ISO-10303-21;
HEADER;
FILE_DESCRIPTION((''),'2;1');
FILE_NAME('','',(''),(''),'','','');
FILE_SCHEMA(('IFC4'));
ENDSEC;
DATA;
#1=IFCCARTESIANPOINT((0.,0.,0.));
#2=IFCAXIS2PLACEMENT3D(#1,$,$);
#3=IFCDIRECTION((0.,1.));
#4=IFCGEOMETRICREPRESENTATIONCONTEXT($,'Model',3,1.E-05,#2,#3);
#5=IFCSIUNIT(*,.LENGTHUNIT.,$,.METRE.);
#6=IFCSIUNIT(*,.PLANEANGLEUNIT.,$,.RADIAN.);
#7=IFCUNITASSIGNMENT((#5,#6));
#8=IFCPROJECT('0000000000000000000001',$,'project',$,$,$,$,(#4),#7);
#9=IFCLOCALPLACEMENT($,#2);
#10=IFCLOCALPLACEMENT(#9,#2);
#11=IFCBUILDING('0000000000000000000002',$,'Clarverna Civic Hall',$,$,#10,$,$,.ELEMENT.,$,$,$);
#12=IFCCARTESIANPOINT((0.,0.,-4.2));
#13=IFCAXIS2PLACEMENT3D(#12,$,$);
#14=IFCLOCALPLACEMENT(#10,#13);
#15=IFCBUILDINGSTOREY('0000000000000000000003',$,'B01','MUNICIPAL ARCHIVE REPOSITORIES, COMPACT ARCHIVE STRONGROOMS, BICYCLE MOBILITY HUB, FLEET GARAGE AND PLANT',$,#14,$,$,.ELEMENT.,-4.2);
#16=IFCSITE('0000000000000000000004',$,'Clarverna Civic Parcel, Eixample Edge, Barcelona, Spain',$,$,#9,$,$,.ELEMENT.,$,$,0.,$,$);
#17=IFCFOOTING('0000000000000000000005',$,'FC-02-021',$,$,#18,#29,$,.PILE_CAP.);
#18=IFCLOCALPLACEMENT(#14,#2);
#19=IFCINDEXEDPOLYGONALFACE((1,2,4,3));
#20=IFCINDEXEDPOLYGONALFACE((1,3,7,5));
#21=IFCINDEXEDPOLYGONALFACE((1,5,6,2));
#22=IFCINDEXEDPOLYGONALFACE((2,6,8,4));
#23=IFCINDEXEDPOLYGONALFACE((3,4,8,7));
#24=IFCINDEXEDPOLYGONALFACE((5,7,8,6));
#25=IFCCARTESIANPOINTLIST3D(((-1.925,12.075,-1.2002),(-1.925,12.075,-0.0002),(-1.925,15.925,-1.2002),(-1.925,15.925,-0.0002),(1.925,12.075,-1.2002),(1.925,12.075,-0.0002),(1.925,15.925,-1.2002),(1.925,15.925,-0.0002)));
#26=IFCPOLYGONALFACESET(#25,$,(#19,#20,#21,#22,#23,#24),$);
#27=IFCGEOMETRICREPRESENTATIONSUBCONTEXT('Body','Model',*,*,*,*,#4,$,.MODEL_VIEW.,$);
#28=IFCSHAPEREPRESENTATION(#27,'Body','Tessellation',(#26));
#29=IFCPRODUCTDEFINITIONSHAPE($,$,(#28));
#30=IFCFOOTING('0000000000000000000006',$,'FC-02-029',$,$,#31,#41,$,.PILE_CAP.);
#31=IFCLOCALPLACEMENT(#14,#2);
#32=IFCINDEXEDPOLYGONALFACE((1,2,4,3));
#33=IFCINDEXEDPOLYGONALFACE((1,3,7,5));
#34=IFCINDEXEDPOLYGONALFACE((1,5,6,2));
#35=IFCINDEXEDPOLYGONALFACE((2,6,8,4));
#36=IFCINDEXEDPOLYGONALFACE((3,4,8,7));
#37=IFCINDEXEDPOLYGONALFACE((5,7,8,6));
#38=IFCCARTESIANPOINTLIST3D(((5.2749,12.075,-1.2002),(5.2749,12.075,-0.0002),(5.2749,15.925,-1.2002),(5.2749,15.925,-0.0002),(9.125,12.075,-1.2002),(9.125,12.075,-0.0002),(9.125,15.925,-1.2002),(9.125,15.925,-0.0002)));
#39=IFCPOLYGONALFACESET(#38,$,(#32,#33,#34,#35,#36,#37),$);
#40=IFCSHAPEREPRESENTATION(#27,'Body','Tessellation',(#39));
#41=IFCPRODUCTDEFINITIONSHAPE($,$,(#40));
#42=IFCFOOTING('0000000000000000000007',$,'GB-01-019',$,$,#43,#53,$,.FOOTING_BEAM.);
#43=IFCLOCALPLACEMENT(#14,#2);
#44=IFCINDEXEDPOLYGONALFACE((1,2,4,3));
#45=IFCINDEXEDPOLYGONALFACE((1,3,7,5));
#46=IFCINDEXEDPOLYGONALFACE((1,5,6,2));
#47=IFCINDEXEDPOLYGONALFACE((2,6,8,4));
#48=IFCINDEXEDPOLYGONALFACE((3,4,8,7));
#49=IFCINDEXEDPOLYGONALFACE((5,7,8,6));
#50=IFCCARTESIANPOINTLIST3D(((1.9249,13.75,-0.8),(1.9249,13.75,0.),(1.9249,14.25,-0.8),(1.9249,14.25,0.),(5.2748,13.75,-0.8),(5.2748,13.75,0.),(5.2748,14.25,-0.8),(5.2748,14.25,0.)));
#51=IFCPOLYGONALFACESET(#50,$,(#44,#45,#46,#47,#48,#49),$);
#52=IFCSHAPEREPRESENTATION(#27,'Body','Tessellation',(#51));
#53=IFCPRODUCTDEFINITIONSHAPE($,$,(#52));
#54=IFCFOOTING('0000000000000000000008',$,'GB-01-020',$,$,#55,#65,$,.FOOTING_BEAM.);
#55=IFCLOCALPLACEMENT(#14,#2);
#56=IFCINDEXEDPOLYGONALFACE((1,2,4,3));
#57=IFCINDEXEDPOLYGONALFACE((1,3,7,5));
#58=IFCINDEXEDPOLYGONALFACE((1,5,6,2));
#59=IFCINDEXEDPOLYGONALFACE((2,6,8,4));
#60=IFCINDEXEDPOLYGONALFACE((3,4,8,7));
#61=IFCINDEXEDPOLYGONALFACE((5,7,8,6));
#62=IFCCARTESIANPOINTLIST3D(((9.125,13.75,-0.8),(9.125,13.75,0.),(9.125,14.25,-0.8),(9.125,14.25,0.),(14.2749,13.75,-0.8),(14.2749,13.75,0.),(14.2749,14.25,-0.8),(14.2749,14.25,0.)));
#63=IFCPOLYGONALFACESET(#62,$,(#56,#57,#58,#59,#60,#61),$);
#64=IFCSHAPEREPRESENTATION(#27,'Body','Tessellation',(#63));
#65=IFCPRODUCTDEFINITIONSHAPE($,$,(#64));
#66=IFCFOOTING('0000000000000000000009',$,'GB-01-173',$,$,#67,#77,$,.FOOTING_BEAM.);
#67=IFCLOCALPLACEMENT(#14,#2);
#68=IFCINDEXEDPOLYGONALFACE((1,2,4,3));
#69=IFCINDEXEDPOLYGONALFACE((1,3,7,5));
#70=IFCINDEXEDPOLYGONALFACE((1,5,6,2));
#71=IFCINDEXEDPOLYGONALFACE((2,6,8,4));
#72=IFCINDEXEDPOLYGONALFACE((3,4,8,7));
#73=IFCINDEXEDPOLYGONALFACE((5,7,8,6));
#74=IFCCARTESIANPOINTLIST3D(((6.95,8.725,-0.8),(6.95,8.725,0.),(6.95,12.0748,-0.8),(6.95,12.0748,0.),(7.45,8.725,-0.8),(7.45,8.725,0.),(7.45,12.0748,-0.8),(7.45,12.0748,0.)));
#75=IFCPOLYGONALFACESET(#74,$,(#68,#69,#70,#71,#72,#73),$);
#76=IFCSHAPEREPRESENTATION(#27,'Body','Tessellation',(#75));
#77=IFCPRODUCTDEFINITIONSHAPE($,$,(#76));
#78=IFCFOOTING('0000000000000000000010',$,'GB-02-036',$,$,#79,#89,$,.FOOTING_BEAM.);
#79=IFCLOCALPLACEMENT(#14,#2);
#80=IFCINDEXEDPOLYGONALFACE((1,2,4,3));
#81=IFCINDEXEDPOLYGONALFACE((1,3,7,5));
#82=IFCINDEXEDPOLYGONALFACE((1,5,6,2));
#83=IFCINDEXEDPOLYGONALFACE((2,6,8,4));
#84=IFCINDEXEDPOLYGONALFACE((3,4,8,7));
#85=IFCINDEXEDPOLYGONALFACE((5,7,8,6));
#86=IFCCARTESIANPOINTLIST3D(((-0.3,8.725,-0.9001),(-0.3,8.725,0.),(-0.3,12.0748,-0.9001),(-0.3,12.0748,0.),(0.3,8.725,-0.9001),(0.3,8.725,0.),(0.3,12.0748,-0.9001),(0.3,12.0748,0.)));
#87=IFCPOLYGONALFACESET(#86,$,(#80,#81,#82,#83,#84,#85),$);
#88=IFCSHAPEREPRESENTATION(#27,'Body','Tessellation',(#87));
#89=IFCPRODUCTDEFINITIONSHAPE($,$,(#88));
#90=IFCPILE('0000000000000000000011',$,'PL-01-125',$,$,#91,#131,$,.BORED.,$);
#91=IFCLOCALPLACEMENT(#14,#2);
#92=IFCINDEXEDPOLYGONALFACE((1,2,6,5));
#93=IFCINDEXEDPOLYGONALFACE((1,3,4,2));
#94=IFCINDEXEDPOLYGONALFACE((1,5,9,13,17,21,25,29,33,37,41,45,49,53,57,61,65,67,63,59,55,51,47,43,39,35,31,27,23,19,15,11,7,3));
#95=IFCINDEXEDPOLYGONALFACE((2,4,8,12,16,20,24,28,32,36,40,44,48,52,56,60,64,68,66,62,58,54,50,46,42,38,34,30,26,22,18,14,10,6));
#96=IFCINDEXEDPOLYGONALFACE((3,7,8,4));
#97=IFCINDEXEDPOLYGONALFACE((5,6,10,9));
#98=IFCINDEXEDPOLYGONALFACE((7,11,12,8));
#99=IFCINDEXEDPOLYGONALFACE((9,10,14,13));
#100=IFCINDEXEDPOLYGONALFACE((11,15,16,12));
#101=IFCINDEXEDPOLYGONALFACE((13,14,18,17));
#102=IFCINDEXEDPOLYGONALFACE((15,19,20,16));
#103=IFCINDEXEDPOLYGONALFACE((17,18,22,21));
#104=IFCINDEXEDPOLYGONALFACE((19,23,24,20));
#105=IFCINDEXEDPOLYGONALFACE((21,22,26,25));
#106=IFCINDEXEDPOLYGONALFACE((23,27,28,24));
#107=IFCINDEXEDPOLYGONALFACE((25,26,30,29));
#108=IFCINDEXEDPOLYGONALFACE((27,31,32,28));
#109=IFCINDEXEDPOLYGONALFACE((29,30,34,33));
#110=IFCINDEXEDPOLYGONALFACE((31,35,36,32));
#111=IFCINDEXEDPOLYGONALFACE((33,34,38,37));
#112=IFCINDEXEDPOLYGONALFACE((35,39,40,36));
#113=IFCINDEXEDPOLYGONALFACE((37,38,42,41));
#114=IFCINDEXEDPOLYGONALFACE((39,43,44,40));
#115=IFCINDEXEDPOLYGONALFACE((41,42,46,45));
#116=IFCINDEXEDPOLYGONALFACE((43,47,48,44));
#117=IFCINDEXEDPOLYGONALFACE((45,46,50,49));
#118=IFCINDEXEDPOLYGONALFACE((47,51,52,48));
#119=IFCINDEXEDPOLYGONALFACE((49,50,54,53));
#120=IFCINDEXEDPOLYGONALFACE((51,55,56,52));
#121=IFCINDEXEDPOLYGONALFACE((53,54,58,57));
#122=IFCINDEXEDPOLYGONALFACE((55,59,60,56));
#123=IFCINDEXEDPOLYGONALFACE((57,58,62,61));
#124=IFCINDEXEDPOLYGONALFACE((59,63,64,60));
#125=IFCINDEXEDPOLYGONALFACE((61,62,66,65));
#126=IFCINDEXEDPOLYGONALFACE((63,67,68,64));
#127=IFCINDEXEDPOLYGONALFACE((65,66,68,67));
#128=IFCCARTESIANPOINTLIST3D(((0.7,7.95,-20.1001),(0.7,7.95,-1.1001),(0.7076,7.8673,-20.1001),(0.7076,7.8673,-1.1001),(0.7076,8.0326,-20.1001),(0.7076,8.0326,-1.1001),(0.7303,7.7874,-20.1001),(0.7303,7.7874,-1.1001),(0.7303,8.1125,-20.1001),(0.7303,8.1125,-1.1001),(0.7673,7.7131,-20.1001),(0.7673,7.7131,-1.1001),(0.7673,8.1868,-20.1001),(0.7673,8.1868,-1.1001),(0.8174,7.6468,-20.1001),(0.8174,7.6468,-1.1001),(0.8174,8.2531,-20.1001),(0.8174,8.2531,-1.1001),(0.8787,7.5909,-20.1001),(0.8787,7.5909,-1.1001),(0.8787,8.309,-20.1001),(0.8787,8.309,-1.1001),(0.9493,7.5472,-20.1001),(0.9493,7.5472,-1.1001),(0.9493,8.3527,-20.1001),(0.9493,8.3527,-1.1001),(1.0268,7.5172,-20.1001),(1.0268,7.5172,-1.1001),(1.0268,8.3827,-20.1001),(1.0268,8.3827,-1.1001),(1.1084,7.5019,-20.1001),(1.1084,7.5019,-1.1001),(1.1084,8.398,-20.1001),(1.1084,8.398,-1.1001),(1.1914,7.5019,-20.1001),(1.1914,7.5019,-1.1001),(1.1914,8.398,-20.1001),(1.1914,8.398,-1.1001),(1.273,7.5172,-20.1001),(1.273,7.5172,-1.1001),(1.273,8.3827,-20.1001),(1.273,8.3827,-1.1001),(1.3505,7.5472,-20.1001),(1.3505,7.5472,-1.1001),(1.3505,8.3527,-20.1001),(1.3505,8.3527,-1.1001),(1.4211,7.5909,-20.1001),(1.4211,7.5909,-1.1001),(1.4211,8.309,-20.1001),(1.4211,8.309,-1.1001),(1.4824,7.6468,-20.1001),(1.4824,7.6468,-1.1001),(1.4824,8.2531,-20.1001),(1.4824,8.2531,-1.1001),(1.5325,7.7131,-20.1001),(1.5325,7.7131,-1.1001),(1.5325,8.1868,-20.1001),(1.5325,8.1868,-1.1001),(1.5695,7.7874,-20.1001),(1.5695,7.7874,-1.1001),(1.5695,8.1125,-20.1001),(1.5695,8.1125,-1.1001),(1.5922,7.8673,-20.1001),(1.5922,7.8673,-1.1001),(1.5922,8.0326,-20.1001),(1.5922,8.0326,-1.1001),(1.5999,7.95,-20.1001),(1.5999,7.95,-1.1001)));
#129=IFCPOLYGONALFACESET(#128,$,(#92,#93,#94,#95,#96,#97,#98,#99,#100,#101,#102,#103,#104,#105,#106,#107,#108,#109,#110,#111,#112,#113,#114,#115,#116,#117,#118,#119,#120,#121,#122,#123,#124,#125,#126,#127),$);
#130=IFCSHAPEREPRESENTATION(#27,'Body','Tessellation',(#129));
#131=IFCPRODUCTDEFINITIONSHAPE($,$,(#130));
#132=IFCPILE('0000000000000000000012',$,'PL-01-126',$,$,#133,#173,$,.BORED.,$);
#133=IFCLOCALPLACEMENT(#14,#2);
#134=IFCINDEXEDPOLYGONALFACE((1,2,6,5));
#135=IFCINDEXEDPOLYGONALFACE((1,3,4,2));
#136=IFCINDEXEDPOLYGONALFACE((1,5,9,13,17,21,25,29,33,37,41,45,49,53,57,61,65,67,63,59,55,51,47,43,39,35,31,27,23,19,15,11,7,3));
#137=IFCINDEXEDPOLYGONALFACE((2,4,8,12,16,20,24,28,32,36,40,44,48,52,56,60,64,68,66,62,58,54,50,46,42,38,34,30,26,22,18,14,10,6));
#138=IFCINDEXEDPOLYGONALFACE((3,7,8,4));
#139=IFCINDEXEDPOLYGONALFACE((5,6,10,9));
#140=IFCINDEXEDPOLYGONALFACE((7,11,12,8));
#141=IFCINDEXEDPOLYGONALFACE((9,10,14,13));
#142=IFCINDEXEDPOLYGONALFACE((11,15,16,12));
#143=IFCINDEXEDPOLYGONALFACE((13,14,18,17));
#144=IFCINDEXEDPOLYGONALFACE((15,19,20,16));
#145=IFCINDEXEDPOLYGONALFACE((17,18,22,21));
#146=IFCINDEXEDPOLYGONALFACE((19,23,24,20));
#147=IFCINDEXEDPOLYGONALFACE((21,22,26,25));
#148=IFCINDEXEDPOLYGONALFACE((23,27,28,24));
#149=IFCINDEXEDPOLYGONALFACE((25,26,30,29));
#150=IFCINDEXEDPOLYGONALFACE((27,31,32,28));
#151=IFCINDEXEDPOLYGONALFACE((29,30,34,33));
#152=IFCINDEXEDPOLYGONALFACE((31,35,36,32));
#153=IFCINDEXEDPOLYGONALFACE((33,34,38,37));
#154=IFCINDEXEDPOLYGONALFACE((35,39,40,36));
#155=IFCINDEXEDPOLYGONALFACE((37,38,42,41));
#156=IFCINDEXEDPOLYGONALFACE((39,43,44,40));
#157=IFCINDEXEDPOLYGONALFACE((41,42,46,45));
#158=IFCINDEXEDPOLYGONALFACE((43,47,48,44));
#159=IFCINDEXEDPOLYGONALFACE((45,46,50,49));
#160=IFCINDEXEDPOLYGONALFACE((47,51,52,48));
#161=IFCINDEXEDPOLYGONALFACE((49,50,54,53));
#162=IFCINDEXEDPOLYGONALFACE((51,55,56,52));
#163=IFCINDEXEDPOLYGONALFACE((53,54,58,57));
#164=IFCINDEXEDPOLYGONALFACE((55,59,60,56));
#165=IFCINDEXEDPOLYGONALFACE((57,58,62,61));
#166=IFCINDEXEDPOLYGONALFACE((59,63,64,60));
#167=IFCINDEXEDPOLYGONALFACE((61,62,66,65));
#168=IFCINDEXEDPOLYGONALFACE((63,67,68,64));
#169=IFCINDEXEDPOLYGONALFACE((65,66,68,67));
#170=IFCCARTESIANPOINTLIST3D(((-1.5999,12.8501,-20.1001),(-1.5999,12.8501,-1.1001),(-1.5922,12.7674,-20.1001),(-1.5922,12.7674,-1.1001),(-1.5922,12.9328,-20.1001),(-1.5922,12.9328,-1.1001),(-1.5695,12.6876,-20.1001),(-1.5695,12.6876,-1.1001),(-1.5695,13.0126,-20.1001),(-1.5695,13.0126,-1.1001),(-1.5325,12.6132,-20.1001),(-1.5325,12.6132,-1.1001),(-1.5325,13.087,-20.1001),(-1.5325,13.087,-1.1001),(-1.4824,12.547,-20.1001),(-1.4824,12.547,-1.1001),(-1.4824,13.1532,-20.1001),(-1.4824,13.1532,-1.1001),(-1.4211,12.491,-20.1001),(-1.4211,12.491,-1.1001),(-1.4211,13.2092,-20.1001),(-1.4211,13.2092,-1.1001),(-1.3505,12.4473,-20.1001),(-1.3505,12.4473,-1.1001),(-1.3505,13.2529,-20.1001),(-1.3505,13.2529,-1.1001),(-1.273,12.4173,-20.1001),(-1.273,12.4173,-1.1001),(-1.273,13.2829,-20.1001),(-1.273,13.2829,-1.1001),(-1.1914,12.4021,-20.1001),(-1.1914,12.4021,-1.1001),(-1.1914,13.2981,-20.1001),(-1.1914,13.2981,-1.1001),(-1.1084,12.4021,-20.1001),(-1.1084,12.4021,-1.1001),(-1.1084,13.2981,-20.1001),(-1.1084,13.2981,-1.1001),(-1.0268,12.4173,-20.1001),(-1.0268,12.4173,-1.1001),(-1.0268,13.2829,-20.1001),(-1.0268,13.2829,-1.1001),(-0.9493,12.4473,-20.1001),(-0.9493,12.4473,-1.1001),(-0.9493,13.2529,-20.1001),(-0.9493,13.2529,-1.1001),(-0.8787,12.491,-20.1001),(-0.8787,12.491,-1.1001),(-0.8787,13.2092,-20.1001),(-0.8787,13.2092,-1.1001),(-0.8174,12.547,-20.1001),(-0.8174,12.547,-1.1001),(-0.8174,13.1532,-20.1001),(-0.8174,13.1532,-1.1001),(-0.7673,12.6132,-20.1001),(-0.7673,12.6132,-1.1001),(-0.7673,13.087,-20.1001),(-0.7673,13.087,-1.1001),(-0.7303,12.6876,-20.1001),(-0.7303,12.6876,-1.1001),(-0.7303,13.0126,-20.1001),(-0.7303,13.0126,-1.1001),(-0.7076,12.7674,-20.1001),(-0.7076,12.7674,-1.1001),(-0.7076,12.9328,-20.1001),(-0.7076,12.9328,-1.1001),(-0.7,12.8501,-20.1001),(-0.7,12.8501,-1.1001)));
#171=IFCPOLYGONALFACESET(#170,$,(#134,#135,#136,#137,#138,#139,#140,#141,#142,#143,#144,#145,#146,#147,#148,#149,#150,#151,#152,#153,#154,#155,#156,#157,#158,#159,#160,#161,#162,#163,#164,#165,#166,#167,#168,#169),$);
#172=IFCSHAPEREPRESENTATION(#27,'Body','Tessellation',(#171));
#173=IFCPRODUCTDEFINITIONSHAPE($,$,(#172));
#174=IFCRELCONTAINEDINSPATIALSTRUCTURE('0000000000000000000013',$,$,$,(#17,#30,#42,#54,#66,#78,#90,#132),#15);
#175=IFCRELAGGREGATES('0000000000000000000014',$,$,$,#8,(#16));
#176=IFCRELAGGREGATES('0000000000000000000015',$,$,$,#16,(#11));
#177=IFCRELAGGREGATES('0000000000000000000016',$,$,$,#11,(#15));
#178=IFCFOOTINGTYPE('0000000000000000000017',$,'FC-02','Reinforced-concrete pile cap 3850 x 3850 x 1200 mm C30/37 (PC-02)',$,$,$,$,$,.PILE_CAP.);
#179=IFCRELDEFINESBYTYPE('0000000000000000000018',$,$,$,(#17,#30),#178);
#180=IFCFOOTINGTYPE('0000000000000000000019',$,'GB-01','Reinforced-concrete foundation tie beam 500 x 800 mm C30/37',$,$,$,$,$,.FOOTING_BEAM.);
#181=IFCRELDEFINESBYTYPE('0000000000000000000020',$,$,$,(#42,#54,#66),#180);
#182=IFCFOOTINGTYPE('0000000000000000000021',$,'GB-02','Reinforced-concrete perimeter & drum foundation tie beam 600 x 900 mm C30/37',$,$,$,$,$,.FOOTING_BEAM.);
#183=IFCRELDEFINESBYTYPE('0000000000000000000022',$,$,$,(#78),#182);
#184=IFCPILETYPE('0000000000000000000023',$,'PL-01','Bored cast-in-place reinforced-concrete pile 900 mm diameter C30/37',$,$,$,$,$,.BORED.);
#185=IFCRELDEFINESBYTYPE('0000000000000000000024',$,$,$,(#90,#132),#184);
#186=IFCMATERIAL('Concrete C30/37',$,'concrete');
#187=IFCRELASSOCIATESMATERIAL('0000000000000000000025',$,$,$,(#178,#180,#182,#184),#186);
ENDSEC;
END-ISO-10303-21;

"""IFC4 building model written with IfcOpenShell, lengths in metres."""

from ifc_helpers import new_model, si_unit, direction, frame, frame_2d, origin, origin_2d, place, context, subcontext, project, spatial, rectangle, circle, extrude, material, material_profile, profile_set, type_object, element, save


model = new_model("IFC4")

# Units and contexts
model_context = context("Model", 3, precision=1e-05, world=origin(), true_north=direction((0.0, 1.0)))
body_context = subcontext(model_context, "Body", "Model", "MODEL_VIEW")
ifc_project = project(units=[si_unit("LENGTHUNIT", "METRE"), si_unit("PLANEANGLEUNIT", "RADIAN")], contexts=[model_context])

# Site, building, storey
site_placement = place(None, origin())
site = spatial("IfcSite", under=ifc_project, at=site_placement, Name="Clarverna Civic Parcel, Eixample Edge, Barcelona, Spain", CompositionType="ELEMENT", RefElevation=0.0)
building_placement = place(site_placement, origin())
building = spatial("IfcBuilding", under=site, at=building_placement, Name="Clarverna Civic Hall", CompositionType="ELEMENT")
storey_placement = place(building_placement, frame((0.0, 0.0, -4.2)))
storey = spatial("IfcBuildingStorey", under=building, at=storey_placement, Name="B01", Description="MUNICIPAL ARCHIVE REPOSITORIES, COMPACT ARCHIVE STRONGROOMS, BICYCLE MOBILITY HUB, FLEET GARAGE AND PLANT", CompositionType="ELEMENT", Elevation=-4.2)

# Footings
ifc_material_1 = material(Name="Concrete C30/37", Category="concrete")
footing_type_1 = type_object("IfcFootingType", Name="FC-02", Description="Reinforced-concrete pile cap 3850 x 3850 x 1200 mm C30/37 (PC-02)", PredefinedType="PILE_CAP", material=ifc_material_1)
for number, where, z_axis, x_axis, name in (
    (1, (0.0, 14.0, -1.2002), (0.0, 0.0, 1.0), (1.0, 0.0, 0.0), "FC-02-021"),
    (2, (7.2, 14.0, -1.2002), (0.0, 0.0, 1.0), (1.0, 0.0, 0.0), "FC-02-029"),
):
    element("IfcFooting", number, at=place(storey_placement, frame(where, z_axis=z_axis, x_axis=x_axis)), inside=storey, type_object=footing_type_1, Name=name, PredefinedType="PILE_CAP", context=body_context, shape_type="SweptSolid", body=[
        extrude(rectangle(XDim=3.8501, YDim=3.8501, at=origin_2d()), origin(), (0.0, 0.0, 1.0), 1.2),
    ])
footing_type_2 = type_object("IfcFootingType", Name="GB-01", Description="Reinforced-concrete foundation tie beam 500 x 800 mm C30/37", PredefinedType="FOOTING_BEAM", material=ifc_material_1)
footing_1_placement = place(storey_placement, frame((1.925, 14.0, -0.8), z_axis=(0.0, 0.0, 1.0), x_axis=(1.0, 0.0, 0.0)))
element("IfcFooting", 3, at=footing_1_placement, inside=storey, type_object=footing_type_2, Name="GB-01-019", PredefinedType="FOOTING_BEAM", context=body_context, shape_type="SweptSolid", body=[
    extrude(rectangle(XDim=3.3499, YDim=0.5, at=frame_2d((1.6748, 0.0))), origin(), (0.0, 0.0, 1.0), 0.8),
])
footing_2_placement = place(storey_placement, frame((9.125, 14.0, -0.8), z_axis=(0.0, 0.0, 1.0), x_axis=(1.0, 0.0, 0.0)))
element("IfcFooting", 4, at=footing_2_placement, inside=storey, type_object=footing_type_2, Name="GB-01-020", PredefinedType="FOOTING_BEAM", context=body_context, shape_type="SweptSolid", body=[
    extrude(rectangle(XDim=5.1499, YDim=0.5, at=frame_2d((2.575, 0.0))), origin(), (0.0, 0.0, 1.0), 0.8),
])
footing_3_placement = place(storey_placement, frame((7.2, 8.7251, -0.8), z_axis=(0.0, 0.0, 1.0), x_axis=(0.0, 1.0, 0.0)))
element("IfcFooting", 5, at=footing_3_placement, inside=storey, type_object=footing_type_2, Name="GB-01-173", PredefinedType="FOOTING_BEAM", context=body_context, shape_type="SweptSolid", body=[
    extrude(rectangle(XDim=3.3499, YDim=0.5, at=frame_2d((1.6748, 0.0))), origin(), (0.0, 0.0, 1.0), 0.8),
])
footing_type_3 = type_object("IfcFootingType", Name="GB-02", Description="Reinforced-concrete perimeter & drum foundation tie beam 600 x 900 mm C30/37", PredefinedType="FOOTING_BEAM", material=ifc_material_1)
footing_4_placement = place(storey_placement, frame((0.0, 8.7251, -0.9001), z_axis=(0.0, 0.0, 1.0), x_axis=(0.0, 1.0, 0.0)))
element("IfcFooting", 6, at=footing_4_placement, inside=storey, type_object=footing_type_3, Name="GB-02-036", PredefinedType="FOOTING_BEAM", context=body_context, shape_type="SweptSolid", body=[
    extrude(rectangle(XDim=3.3499, YDim=0.6001, at=frame_2d((1.6748, 0.0))), origin(), (0.0, 0.0, 1.0), 0.9001),
])

# Piles
ifc_material_profile_1 = material_profile(ifc_material_1, circle(Radius=0.45, at=origin_2d()), Name="BORED PILE D900")
ifc_profile_set_1 = profile_set([ifc_material_profile_1], Name="Concrete C30/37")
pile_type = type_object("IfcPileType", Name="PL-01", Description="Bored cast-in-place reinforced-concrete pile 900 mm diameter C30/37", PredefinedType="BORED", material=ifc_profile_set_1)
for number, where, z_axis, x_axis, name in (
    (7, (1.1499, 7.95, -1.1001), (0.0, 0.0, -1.0), (1.0, 0.0, 0.0), "PL-01-125"),
    (8, (-1.1499, 12.8501, -1.1001), (0.0, 0.0, -1.0), (1.0, 0.0, 0.0), "PL-01-126"),
):
    element("IfcPile", number, at=place(storey_placement, frame(where, z_axis=z_axis, x_axis=x_axis)), inside=storey, type_object=pile_type, Name=name, PredefinedType="BORED", context=body_context, shape_type="SweptSolid", body=[
        extrude(circle(Radius=0.45, at=origin_2d()), origin(), (0.0, 0.0, 1.0), 19.0),
    ])

save(model, "model.ifc")
